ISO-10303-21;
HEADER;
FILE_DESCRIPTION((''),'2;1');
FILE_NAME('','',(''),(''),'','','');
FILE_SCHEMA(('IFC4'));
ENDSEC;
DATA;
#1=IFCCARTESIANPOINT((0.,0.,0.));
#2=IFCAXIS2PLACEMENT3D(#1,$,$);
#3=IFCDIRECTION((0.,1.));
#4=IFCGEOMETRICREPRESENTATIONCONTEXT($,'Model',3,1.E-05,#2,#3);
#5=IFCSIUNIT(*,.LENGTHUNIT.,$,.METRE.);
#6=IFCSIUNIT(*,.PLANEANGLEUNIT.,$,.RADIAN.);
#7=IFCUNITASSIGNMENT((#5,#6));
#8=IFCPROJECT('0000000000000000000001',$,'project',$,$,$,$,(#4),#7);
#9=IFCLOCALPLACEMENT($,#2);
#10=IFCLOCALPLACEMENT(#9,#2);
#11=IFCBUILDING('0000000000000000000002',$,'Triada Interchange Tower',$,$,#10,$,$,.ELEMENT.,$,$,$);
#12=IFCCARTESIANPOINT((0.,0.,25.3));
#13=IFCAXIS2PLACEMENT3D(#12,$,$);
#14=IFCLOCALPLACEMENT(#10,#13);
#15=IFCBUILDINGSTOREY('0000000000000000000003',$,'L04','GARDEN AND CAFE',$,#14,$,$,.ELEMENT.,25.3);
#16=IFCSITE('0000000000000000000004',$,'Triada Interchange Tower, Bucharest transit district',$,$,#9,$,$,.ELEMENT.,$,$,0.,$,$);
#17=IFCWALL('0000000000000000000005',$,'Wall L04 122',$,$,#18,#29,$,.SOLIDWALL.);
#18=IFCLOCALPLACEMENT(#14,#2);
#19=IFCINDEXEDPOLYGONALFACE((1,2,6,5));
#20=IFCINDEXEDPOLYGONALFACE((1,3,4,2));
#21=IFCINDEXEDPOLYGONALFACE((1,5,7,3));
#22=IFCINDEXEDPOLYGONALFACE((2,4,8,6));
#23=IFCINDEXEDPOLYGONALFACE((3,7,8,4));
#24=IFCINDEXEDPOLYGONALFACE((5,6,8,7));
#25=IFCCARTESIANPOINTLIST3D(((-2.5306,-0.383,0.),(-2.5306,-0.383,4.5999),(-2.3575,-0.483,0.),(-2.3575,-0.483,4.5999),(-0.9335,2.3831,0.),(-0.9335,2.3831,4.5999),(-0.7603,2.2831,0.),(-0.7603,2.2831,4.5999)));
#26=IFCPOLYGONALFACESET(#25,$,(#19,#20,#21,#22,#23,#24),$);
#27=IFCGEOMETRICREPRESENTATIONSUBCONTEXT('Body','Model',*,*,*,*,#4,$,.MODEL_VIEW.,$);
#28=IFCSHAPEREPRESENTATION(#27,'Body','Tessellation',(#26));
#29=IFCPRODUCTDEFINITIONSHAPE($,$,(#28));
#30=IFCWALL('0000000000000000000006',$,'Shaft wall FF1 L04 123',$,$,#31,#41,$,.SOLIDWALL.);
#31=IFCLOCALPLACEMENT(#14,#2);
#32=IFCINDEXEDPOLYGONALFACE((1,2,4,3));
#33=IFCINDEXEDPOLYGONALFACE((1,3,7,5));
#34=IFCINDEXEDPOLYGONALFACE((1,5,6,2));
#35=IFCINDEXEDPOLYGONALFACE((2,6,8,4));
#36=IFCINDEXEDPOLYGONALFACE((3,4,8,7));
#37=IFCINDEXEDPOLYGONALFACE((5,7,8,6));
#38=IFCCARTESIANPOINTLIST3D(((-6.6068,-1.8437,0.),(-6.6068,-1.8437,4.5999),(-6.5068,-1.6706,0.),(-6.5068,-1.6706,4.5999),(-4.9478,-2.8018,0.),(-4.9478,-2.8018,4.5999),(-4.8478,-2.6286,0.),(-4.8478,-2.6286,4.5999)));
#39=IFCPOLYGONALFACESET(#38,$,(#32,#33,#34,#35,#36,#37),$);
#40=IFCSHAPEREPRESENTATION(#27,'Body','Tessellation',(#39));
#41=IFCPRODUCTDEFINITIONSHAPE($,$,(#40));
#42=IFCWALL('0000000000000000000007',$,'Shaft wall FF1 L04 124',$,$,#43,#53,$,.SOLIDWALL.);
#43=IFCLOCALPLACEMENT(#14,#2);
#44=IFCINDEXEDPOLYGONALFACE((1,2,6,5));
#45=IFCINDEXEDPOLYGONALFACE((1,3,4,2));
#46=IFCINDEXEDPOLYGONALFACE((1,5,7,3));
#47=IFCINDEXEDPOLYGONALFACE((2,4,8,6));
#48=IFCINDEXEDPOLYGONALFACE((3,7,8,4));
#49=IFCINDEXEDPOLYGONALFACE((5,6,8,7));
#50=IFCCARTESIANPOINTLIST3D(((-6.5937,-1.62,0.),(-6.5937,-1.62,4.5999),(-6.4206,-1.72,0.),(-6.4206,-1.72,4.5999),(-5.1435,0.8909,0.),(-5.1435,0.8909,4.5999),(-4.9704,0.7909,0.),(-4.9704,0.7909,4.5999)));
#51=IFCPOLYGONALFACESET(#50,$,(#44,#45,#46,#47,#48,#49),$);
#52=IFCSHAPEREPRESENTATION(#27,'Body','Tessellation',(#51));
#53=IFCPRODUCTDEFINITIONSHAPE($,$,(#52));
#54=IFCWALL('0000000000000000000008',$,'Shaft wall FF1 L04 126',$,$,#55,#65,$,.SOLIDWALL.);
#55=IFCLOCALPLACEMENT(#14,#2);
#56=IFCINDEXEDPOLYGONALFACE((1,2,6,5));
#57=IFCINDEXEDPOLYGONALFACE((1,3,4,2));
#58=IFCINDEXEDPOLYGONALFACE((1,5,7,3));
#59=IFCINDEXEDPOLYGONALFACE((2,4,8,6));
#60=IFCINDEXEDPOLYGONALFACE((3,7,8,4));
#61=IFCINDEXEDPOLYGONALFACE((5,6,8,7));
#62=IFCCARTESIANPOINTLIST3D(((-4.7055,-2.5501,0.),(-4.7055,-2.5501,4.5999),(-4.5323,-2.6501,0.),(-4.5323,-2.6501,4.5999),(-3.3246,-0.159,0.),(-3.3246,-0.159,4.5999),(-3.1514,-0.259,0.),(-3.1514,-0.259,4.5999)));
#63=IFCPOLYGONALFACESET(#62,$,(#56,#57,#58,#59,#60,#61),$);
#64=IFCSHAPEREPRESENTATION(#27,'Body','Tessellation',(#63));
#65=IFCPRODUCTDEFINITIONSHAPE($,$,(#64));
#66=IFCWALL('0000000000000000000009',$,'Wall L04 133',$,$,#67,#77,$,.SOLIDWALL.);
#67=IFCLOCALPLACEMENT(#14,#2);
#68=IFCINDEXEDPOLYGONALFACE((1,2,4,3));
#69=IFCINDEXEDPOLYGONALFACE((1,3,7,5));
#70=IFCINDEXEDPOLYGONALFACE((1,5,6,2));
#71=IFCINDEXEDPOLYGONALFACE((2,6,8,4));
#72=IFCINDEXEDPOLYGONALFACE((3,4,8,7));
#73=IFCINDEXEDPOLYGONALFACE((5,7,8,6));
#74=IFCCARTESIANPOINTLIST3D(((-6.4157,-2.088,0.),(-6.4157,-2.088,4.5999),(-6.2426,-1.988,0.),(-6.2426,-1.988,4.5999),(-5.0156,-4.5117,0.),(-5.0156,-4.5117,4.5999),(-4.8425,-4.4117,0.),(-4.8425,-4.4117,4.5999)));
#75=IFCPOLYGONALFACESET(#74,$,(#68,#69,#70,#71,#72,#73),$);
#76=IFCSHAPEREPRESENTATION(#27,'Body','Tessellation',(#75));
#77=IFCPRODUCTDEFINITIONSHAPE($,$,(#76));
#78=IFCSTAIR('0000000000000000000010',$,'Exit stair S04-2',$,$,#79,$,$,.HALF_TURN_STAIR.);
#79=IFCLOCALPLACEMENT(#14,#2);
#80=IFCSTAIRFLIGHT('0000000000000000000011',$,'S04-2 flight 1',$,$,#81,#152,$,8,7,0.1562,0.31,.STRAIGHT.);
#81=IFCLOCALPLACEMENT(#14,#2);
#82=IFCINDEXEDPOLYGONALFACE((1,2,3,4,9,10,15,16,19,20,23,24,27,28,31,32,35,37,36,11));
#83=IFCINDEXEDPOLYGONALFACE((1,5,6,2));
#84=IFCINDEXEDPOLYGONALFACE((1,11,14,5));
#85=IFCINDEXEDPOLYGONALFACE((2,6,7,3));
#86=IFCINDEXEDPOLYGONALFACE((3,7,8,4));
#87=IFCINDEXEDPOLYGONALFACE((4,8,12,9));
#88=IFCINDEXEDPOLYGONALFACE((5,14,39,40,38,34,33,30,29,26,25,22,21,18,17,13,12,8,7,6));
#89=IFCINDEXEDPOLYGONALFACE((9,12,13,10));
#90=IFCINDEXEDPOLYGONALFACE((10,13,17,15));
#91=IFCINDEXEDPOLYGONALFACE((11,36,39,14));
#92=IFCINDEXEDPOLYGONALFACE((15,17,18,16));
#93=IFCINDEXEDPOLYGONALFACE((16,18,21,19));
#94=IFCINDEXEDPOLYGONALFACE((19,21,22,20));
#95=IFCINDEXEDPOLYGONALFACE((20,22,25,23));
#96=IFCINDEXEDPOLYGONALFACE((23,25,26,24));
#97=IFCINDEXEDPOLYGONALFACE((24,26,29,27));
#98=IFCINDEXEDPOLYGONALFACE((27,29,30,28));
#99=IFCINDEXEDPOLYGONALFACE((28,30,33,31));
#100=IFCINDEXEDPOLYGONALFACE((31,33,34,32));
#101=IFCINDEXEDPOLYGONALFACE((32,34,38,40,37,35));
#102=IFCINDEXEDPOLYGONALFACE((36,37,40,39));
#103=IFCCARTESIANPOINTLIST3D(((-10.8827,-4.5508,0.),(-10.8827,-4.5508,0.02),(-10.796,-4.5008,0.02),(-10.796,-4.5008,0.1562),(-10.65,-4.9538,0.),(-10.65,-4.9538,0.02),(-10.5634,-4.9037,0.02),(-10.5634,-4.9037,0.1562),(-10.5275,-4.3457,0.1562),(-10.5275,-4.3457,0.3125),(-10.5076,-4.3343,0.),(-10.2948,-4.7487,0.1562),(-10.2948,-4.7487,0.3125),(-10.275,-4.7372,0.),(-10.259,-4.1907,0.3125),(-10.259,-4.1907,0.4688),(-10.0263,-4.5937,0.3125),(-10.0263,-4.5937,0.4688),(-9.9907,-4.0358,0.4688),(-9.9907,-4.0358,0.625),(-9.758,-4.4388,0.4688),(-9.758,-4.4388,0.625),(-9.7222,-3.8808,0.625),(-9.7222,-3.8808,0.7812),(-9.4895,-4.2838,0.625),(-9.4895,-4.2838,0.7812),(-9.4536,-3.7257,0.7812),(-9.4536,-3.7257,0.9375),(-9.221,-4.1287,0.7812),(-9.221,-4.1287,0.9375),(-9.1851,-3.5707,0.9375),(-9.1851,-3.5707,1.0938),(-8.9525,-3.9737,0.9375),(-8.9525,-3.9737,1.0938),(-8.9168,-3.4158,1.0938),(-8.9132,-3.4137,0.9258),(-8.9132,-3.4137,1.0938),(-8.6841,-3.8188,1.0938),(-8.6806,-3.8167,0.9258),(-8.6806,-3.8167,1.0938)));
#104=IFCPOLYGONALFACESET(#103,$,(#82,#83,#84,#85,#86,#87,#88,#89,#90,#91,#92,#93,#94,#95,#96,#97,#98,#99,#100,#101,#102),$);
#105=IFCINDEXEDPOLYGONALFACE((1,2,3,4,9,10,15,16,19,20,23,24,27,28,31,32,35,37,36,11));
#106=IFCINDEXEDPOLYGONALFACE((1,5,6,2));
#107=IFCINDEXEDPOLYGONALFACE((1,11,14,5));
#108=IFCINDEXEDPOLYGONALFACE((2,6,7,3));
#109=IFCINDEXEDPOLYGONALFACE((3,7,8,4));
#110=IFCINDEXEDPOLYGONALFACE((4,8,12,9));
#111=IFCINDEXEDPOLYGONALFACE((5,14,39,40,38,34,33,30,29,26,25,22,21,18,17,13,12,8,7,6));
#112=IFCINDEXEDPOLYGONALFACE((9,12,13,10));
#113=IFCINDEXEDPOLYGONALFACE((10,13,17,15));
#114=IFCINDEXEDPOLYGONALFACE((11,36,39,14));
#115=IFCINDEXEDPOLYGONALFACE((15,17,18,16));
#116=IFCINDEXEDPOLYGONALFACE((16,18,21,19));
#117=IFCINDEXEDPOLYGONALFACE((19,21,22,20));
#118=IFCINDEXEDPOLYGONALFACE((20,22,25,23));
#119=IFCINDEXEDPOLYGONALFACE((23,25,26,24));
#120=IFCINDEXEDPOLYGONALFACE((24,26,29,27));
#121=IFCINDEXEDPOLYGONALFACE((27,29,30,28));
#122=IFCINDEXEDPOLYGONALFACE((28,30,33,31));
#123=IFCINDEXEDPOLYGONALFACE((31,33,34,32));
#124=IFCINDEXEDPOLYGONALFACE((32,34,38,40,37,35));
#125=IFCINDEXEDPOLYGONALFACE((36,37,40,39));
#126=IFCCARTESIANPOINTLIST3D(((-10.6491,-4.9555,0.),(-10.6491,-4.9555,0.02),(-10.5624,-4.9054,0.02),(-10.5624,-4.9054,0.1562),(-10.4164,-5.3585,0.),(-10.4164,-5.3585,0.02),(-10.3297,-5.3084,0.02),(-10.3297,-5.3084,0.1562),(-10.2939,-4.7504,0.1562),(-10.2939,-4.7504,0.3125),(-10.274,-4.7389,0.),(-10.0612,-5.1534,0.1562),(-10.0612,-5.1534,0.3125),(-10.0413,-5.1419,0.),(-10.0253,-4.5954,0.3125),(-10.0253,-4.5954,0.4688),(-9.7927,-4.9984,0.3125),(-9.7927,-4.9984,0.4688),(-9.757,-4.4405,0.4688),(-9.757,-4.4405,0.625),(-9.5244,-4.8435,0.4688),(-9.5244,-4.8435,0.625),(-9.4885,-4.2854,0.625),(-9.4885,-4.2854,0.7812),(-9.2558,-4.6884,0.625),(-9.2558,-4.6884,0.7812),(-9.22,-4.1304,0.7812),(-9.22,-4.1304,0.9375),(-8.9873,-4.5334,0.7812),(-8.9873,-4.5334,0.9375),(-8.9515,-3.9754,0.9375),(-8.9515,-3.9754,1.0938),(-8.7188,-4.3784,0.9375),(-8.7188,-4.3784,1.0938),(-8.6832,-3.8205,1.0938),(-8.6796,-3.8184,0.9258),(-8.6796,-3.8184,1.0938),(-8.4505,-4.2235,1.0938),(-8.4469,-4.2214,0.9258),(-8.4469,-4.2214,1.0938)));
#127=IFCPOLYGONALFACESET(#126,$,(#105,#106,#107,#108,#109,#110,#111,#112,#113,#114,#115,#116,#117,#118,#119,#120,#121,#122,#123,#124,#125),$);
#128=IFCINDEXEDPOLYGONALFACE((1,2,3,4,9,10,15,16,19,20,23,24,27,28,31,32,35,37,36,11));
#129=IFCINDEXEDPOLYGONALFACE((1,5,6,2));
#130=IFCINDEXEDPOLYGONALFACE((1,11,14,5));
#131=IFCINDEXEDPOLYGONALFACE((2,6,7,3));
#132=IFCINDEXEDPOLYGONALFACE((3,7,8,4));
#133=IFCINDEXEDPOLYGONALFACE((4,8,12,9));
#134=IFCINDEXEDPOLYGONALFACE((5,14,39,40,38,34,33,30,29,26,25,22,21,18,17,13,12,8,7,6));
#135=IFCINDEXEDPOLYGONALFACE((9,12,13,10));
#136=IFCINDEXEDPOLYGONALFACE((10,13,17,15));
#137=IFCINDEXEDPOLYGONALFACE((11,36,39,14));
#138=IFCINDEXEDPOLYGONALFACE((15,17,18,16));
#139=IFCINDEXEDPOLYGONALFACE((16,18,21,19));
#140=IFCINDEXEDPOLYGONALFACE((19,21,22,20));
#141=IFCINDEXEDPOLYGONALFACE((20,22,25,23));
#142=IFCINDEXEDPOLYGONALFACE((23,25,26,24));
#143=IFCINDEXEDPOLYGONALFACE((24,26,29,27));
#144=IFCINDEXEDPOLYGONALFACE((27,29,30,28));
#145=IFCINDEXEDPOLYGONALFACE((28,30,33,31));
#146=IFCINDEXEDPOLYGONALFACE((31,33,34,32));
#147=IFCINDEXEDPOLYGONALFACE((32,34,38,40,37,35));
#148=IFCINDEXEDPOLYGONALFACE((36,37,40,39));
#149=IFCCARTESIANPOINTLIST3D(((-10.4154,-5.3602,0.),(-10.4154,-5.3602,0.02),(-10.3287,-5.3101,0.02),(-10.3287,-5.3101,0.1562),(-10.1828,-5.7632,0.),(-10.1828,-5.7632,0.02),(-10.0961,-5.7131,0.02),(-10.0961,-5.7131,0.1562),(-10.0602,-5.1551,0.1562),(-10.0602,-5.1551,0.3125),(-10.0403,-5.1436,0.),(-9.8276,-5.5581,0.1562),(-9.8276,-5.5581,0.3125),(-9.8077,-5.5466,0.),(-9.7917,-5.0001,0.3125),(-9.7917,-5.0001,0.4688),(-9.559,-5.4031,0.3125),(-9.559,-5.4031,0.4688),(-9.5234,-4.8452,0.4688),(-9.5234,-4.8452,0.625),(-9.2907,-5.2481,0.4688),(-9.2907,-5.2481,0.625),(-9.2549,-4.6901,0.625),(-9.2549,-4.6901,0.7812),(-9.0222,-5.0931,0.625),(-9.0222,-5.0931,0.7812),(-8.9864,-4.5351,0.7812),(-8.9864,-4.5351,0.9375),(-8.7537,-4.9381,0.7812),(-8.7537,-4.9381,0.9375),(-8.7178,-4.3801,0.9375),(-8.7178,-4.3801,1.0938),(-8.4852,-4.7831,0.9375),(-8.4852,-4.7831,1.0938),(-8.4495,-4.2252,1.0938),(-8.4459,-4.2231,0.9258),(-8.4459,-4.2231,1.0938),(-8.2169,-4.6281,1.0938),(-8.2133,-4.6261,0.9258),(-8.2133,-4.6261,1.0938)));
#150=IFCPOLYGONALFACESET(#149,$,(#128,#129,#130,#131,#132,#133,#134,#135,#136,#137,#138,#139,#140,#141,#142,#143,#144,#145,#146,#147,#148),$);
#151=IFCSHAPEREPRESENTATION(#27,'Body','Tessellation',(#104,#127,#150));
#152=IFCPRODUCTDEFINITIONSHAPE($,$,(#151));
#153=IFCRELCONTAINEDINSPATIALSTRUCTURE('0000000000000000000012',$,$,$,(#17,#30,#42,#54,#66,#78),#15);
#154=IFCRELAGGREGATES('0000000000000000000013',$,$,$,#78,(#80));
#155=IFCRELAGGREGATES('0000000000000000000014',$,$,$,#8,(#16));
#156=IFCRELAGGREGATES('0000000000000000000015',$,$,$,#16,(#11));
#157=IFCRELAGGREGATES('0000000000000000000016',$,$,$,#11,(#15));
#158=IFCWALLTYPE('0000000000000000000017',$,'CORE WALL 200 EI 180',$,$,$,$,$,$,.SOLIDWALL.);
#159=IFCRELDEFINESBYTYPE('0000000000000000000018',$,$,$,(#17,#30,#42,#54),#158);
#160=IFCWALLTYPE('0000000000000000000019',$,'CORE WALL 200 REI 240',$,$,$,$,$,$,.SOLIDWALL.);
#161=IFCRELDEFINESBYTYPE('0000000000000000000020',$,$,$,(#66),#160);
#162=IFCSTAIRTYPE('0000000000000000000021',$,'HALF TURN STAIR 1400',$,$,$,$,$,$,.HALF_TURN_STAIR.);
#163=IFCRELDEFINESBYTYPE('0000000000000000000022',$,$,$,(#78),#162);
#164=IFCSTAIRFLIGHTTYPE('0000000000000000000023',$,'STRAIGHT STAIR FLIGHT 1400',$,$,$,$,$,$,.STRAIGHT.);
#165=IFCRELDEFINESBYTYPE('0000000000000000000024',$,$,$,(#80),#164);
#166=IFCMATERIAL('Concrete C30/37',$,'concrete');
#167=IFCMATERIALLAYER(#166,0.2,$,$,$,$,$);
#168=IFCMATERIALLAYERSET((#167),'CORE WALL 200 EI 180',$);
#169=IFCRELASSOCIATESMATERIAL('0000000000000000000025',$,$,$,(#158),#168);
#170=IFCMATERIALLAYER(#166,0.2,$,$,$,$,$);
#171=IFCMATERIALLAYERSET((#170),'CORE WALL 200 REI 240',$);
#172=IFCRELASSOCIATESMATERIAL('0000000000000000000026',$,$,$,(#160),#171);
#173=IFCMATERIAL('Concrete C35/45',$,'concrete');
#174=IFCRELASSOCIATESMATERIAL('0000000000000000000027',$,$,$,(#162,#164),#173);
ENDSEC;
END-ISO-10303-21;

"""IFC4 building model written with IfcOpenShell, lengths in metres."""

from ifc_helpers import new_model, si_unit, direction, frame, frame_2d, origin, place, context, subcontext, project, spatial, polyline, rectangle, outline, extrude, material, layer, layer_set, type_object, element, aggregate, save


model = new_model("IFC4")

# Units and contexts
model_context = context("Model", 3, precision=1e-05, world=origin(), true_north=direction((0.0, 1.0)))
body_context = subcontext(model_context, "Body", "Model", "MODEL_VIEW")
ifc_project = project(units=[si_unit("LENGTHUNIT", "METRE"), si_unit("PLANEANGLEUNIT", "RADIAN")], contexts=[model_context])

# Site, building, storey
site_placement = place(None, origin())
site = spatial("IfcSite", under=ifc_project, at=site_placement, Name="Triada Interchange Tower, Bucharest transit district", CompositionType="ELEMENT", RefElevation=0.0)
building_placement = place(site_placement, origin())
building = spatial("IfcBuilding", under=site, at=building_placement, Name="Triada Interchange Tower", CompositionType="ELEMENT")
storey_placement = place(building_placement, frame((0.0, 0.0, 25.3)))
storey = spatial("IfcBuildingStorey", under=building, at=storey_placement, Name="L04", Description="GARDEN AND CAFE", CompositionType="ELEMENT", Elevation=25.3)

# Shared definitions
ifc_material_1 = material(Name="Concrete C35/45", Category="concrete")

# Shared definitions
ifc_material_2 = material(Name="Concrete C30/37", Category="concrete")

# Walls
ifc_layer_1 = layer(ifc_material_2, 0.2)
ifc_layer_set_1 = layer_set([ifc_layer_1], Name="CORE WALL 200 EI 180")
wall_type_1 = type_object("IfcWallType", Name="CORE WALL 200 EI 180", PredefinedType="SOLIDWALL", material=ifc_layer_set_1)
wall_1_placement = place(storey_placement, frame((-2.4441, -0.4331, 0.0), z_axis=(0.0, 0.0, 1.0), x_axis=(0.500036, 0.866005, 0.0)))
element("IfcWall", 1, at=wall_1_placement, inside=storey, type_object=wall_type_1, Name="Wall L04 122", PredefinedType="SOLIDWALL", context=body_context, shape_type="SweptSolid", body=[
    extrude(rectangle(XDim=3.1941, YDim=0.2, at=frame_2d((1.5972, 0.0))), origin(), (0.0, 0.0, 1.0), 4.5999),
])
wall_2_placement = place(storey_placement, frame((-6.5569, -1.7571, 0.0), z_axis=(0.0, 0.0, 1.0), x_axis=(0.865975, -0.500086, 0.0)))
element("IfcWall", 2, at=wall_2_placement, inside=storey, type_object=wall_type_1, Name="Shaft wall FF1 L04 123", PredefinedType="SOLIDWALL", context=body_context, shape_type="SweptSolid", body=[
    extrude(rectangle(XDim=1.9158, YDim=0.2, at=frame_2d((0.958, 0.0))), origin(), (0.0, 0.0, 1.0), 4.5999),
])
wall_3_placement = place(storey_placement, frame((-6.5071, -1.6699, 0.0), z_axis=(0.0, 0.0, 1.0), x_axis=(0.500123, 0.865954, 0.0)))
element("IfcWall", 3, at=wall_3_placement, inside=storey, type_object=wall_type_1, Name="Shaft wall FF1 L04 124", PredefinedType="SOLIDWALL", context=body_context, shape_type="SweptSolid", body=[
    extrude(rectangle(XDim=2.8997, YDim=0.2, at=frame_2d((1.4497, 0.0))), origin(), (0.0, 0.0, 1.0), 4.5999),
])
wall_4_placement = place(storey_placement, frame((-4.6189, -2.6001, 0.0), z_axis=(0.0, 0.0, 1.0), x_axis=(0.500095, 0.865971, 0.0)))
element("IfcWall", 4, at=wall_4_placement, inside=storey, type_object=wall_type_1, Name="Shaft wall FF1 L04 126", PredefinedType="SOLIDWALL", context=body_context, shape_type="SweptSolid", body=[
    extrude(rectangle(XDim=2.7612, YDim=0.2, at=frame_2d((1.3806, 0.0))), origin(), (0.0, 0.0, 1.0), 4.5999),
])
ifc_layer_2 = layer(ifc_material_2, 0.2)
ifc_layer_set_2 = layer_set([ifc_layer_2], Name="CORE WALL 200 REI 240")
wall_type_2 = type_object("IfcWallType", Name="CORE WALL 200 REI 240", PredefinedType="SOLIDWALL", material=ifc_layer_set_2)
wall_5_placement = place(storey_placement, frame((-6.3291, -2.0381, 0.0), z_axis=(0.0, 0.0, 1.0), x_axis=(0.500201, -0.86591, 0.0)))
element("IfcWall", 5, at=wall_5_placement, inside=storey, type_object=wall_type_2, Name="Wall L04 133", PredefinedType="SOLIDWALL", context=body_context, shape_type="SweptSolid", body=[
    extrude(rectangle(XDim=2.7991, YDim=0.2, at=frame_2d((1.3994, 0.0))), origin(), (0.0, 0.0, 1.0), 4.5999),
])

# Stair, stair flight
stair_type = type_object("IfcStairType", Name="HALF TURN STAIR 1400", PredefinedType="HALF_TURN_STAIR", material=ifc_material_1)
stair_placement = place(storey_placement, origin())
stair = element("IfcStair", 6, at=stair_placement, inside=storey, type_object=stair_type, Name="Exit stair S04-2", PredefinedType="HALF_TURN_STAIR")
stair_flight_type = type_object("IfcStairFlightType", Name="STRAIGHT STAIR FLIGHT 1400", PredefinedType="STRAIGHT", material=ifc_material_1)
stair_flight_1_placement = place(storey_placement, frame((-10.446, -5.1069, 0.0), z_axis=(0.0, 0.0, 1.0), x_axis=(0.866025, 0.5, 0.0)))
stair_flight_1 = element("IfcStairFlight", 7, at=stair_flight_1_placement, type_object=stair_flight_type, Name="S04-2 flight 1", NumberOfRisers=8, NumberOfTreads=7, PredefinedType="STRAIGHT", RiserHeight=0.1562, TreadLength=0.31, context=body_context, shape_type="SweptSolid", body=[
    extrude(outline(polyline([(-0.1001, 0.0), (-0.1001, 0.02), (0.0, 0.02), (0.0, 0.1562), (0.3101, 0.1562), (0.3101, 0.3125), (0.6201, 0.3125), (0.6201, 0.4688), (0.9299, 0.4688), (0.9299, 0.625), (1.24, 0.625), (1.24, 0.7812), (1.55, 0.7812), (1.55, 0.9375), (1.8601, 0.9375), (1.8601, 1.0938), (2.1699, 1.0938), (2.1741, 1.0938), (2.1741, 1.25), (2.1741, 0.9258), (0.333, 0.0), (-0.1001, 0.0)])), frame((0.0, 0.7, 0.0), z_axis=(0.0, -1.0, 0.0), x_axis=(1.0, 0.0, 0.0)), (0.0, 0.0, 1.0), 0.4653),
    extrude(outline(polyline([(-0.1001, 0.0), (-0.1001, 0.02), (0.0, 0.02), (0.0, 0.1562), (0.3101, 0.1562), (0.3101, 0.3125), (0.6201, 0.3125), (0.6201, 0.4688), (0.9299, 0.4688), (0.9299, 0.625), (1.24, 0.625), (1.24, 0.7812), (1.55, 0.7812), (1.55, 0.9375), (1.8601, 0.9375), (1.8601, 1.0938), (2.1699, 1.0938), (2.1741, 1.0938), (2.1741, 1.25), (2.1741, 0.9258), (0.333, 0.0), (-0.1001, 0.0)])), frame((0.0, 0.2327, 0.0), z_axis=(0.0, -1.0, 0.0), x_axis=(1.0, 0.0, 0.0)), (0.0, 0.0, 1.0), 0.4653),
    extrude(outline(polyline([(-0.1001, 0.0), (-0.1001, 0.02), (0.0, 0.02), (0.0, 0.1562), (0.3101, 0.1562), (0.3101, 0.3125), (0.6201, 0.3125), (0.6201, 0.4688), (0.9299, 0.4688), (0.9299, 0.625), (1.24, 0.625), (1.24, 0.7812), (1.55, 0.7812), (1.55, 0.9375), (1.8601, 0.9375), (1.8601, 1.0938), (2.1699, 1.0938), (2.1741, 1.0938), (2.1741, 1.25), (2.1741, 0.9258), (0.333, 0.0), (-0.1001, 0.0)])), frame((0.0, -0.2346, 0.0), z_axis=(0.0, -1.0, 0.0), x_axis=(1.0, 0.0, 0.0)), (0.0, 0.0, 1.0), 0.4653),
])
aggregate(stair, [stair_flight_1])

save(model, "model.ifc")
